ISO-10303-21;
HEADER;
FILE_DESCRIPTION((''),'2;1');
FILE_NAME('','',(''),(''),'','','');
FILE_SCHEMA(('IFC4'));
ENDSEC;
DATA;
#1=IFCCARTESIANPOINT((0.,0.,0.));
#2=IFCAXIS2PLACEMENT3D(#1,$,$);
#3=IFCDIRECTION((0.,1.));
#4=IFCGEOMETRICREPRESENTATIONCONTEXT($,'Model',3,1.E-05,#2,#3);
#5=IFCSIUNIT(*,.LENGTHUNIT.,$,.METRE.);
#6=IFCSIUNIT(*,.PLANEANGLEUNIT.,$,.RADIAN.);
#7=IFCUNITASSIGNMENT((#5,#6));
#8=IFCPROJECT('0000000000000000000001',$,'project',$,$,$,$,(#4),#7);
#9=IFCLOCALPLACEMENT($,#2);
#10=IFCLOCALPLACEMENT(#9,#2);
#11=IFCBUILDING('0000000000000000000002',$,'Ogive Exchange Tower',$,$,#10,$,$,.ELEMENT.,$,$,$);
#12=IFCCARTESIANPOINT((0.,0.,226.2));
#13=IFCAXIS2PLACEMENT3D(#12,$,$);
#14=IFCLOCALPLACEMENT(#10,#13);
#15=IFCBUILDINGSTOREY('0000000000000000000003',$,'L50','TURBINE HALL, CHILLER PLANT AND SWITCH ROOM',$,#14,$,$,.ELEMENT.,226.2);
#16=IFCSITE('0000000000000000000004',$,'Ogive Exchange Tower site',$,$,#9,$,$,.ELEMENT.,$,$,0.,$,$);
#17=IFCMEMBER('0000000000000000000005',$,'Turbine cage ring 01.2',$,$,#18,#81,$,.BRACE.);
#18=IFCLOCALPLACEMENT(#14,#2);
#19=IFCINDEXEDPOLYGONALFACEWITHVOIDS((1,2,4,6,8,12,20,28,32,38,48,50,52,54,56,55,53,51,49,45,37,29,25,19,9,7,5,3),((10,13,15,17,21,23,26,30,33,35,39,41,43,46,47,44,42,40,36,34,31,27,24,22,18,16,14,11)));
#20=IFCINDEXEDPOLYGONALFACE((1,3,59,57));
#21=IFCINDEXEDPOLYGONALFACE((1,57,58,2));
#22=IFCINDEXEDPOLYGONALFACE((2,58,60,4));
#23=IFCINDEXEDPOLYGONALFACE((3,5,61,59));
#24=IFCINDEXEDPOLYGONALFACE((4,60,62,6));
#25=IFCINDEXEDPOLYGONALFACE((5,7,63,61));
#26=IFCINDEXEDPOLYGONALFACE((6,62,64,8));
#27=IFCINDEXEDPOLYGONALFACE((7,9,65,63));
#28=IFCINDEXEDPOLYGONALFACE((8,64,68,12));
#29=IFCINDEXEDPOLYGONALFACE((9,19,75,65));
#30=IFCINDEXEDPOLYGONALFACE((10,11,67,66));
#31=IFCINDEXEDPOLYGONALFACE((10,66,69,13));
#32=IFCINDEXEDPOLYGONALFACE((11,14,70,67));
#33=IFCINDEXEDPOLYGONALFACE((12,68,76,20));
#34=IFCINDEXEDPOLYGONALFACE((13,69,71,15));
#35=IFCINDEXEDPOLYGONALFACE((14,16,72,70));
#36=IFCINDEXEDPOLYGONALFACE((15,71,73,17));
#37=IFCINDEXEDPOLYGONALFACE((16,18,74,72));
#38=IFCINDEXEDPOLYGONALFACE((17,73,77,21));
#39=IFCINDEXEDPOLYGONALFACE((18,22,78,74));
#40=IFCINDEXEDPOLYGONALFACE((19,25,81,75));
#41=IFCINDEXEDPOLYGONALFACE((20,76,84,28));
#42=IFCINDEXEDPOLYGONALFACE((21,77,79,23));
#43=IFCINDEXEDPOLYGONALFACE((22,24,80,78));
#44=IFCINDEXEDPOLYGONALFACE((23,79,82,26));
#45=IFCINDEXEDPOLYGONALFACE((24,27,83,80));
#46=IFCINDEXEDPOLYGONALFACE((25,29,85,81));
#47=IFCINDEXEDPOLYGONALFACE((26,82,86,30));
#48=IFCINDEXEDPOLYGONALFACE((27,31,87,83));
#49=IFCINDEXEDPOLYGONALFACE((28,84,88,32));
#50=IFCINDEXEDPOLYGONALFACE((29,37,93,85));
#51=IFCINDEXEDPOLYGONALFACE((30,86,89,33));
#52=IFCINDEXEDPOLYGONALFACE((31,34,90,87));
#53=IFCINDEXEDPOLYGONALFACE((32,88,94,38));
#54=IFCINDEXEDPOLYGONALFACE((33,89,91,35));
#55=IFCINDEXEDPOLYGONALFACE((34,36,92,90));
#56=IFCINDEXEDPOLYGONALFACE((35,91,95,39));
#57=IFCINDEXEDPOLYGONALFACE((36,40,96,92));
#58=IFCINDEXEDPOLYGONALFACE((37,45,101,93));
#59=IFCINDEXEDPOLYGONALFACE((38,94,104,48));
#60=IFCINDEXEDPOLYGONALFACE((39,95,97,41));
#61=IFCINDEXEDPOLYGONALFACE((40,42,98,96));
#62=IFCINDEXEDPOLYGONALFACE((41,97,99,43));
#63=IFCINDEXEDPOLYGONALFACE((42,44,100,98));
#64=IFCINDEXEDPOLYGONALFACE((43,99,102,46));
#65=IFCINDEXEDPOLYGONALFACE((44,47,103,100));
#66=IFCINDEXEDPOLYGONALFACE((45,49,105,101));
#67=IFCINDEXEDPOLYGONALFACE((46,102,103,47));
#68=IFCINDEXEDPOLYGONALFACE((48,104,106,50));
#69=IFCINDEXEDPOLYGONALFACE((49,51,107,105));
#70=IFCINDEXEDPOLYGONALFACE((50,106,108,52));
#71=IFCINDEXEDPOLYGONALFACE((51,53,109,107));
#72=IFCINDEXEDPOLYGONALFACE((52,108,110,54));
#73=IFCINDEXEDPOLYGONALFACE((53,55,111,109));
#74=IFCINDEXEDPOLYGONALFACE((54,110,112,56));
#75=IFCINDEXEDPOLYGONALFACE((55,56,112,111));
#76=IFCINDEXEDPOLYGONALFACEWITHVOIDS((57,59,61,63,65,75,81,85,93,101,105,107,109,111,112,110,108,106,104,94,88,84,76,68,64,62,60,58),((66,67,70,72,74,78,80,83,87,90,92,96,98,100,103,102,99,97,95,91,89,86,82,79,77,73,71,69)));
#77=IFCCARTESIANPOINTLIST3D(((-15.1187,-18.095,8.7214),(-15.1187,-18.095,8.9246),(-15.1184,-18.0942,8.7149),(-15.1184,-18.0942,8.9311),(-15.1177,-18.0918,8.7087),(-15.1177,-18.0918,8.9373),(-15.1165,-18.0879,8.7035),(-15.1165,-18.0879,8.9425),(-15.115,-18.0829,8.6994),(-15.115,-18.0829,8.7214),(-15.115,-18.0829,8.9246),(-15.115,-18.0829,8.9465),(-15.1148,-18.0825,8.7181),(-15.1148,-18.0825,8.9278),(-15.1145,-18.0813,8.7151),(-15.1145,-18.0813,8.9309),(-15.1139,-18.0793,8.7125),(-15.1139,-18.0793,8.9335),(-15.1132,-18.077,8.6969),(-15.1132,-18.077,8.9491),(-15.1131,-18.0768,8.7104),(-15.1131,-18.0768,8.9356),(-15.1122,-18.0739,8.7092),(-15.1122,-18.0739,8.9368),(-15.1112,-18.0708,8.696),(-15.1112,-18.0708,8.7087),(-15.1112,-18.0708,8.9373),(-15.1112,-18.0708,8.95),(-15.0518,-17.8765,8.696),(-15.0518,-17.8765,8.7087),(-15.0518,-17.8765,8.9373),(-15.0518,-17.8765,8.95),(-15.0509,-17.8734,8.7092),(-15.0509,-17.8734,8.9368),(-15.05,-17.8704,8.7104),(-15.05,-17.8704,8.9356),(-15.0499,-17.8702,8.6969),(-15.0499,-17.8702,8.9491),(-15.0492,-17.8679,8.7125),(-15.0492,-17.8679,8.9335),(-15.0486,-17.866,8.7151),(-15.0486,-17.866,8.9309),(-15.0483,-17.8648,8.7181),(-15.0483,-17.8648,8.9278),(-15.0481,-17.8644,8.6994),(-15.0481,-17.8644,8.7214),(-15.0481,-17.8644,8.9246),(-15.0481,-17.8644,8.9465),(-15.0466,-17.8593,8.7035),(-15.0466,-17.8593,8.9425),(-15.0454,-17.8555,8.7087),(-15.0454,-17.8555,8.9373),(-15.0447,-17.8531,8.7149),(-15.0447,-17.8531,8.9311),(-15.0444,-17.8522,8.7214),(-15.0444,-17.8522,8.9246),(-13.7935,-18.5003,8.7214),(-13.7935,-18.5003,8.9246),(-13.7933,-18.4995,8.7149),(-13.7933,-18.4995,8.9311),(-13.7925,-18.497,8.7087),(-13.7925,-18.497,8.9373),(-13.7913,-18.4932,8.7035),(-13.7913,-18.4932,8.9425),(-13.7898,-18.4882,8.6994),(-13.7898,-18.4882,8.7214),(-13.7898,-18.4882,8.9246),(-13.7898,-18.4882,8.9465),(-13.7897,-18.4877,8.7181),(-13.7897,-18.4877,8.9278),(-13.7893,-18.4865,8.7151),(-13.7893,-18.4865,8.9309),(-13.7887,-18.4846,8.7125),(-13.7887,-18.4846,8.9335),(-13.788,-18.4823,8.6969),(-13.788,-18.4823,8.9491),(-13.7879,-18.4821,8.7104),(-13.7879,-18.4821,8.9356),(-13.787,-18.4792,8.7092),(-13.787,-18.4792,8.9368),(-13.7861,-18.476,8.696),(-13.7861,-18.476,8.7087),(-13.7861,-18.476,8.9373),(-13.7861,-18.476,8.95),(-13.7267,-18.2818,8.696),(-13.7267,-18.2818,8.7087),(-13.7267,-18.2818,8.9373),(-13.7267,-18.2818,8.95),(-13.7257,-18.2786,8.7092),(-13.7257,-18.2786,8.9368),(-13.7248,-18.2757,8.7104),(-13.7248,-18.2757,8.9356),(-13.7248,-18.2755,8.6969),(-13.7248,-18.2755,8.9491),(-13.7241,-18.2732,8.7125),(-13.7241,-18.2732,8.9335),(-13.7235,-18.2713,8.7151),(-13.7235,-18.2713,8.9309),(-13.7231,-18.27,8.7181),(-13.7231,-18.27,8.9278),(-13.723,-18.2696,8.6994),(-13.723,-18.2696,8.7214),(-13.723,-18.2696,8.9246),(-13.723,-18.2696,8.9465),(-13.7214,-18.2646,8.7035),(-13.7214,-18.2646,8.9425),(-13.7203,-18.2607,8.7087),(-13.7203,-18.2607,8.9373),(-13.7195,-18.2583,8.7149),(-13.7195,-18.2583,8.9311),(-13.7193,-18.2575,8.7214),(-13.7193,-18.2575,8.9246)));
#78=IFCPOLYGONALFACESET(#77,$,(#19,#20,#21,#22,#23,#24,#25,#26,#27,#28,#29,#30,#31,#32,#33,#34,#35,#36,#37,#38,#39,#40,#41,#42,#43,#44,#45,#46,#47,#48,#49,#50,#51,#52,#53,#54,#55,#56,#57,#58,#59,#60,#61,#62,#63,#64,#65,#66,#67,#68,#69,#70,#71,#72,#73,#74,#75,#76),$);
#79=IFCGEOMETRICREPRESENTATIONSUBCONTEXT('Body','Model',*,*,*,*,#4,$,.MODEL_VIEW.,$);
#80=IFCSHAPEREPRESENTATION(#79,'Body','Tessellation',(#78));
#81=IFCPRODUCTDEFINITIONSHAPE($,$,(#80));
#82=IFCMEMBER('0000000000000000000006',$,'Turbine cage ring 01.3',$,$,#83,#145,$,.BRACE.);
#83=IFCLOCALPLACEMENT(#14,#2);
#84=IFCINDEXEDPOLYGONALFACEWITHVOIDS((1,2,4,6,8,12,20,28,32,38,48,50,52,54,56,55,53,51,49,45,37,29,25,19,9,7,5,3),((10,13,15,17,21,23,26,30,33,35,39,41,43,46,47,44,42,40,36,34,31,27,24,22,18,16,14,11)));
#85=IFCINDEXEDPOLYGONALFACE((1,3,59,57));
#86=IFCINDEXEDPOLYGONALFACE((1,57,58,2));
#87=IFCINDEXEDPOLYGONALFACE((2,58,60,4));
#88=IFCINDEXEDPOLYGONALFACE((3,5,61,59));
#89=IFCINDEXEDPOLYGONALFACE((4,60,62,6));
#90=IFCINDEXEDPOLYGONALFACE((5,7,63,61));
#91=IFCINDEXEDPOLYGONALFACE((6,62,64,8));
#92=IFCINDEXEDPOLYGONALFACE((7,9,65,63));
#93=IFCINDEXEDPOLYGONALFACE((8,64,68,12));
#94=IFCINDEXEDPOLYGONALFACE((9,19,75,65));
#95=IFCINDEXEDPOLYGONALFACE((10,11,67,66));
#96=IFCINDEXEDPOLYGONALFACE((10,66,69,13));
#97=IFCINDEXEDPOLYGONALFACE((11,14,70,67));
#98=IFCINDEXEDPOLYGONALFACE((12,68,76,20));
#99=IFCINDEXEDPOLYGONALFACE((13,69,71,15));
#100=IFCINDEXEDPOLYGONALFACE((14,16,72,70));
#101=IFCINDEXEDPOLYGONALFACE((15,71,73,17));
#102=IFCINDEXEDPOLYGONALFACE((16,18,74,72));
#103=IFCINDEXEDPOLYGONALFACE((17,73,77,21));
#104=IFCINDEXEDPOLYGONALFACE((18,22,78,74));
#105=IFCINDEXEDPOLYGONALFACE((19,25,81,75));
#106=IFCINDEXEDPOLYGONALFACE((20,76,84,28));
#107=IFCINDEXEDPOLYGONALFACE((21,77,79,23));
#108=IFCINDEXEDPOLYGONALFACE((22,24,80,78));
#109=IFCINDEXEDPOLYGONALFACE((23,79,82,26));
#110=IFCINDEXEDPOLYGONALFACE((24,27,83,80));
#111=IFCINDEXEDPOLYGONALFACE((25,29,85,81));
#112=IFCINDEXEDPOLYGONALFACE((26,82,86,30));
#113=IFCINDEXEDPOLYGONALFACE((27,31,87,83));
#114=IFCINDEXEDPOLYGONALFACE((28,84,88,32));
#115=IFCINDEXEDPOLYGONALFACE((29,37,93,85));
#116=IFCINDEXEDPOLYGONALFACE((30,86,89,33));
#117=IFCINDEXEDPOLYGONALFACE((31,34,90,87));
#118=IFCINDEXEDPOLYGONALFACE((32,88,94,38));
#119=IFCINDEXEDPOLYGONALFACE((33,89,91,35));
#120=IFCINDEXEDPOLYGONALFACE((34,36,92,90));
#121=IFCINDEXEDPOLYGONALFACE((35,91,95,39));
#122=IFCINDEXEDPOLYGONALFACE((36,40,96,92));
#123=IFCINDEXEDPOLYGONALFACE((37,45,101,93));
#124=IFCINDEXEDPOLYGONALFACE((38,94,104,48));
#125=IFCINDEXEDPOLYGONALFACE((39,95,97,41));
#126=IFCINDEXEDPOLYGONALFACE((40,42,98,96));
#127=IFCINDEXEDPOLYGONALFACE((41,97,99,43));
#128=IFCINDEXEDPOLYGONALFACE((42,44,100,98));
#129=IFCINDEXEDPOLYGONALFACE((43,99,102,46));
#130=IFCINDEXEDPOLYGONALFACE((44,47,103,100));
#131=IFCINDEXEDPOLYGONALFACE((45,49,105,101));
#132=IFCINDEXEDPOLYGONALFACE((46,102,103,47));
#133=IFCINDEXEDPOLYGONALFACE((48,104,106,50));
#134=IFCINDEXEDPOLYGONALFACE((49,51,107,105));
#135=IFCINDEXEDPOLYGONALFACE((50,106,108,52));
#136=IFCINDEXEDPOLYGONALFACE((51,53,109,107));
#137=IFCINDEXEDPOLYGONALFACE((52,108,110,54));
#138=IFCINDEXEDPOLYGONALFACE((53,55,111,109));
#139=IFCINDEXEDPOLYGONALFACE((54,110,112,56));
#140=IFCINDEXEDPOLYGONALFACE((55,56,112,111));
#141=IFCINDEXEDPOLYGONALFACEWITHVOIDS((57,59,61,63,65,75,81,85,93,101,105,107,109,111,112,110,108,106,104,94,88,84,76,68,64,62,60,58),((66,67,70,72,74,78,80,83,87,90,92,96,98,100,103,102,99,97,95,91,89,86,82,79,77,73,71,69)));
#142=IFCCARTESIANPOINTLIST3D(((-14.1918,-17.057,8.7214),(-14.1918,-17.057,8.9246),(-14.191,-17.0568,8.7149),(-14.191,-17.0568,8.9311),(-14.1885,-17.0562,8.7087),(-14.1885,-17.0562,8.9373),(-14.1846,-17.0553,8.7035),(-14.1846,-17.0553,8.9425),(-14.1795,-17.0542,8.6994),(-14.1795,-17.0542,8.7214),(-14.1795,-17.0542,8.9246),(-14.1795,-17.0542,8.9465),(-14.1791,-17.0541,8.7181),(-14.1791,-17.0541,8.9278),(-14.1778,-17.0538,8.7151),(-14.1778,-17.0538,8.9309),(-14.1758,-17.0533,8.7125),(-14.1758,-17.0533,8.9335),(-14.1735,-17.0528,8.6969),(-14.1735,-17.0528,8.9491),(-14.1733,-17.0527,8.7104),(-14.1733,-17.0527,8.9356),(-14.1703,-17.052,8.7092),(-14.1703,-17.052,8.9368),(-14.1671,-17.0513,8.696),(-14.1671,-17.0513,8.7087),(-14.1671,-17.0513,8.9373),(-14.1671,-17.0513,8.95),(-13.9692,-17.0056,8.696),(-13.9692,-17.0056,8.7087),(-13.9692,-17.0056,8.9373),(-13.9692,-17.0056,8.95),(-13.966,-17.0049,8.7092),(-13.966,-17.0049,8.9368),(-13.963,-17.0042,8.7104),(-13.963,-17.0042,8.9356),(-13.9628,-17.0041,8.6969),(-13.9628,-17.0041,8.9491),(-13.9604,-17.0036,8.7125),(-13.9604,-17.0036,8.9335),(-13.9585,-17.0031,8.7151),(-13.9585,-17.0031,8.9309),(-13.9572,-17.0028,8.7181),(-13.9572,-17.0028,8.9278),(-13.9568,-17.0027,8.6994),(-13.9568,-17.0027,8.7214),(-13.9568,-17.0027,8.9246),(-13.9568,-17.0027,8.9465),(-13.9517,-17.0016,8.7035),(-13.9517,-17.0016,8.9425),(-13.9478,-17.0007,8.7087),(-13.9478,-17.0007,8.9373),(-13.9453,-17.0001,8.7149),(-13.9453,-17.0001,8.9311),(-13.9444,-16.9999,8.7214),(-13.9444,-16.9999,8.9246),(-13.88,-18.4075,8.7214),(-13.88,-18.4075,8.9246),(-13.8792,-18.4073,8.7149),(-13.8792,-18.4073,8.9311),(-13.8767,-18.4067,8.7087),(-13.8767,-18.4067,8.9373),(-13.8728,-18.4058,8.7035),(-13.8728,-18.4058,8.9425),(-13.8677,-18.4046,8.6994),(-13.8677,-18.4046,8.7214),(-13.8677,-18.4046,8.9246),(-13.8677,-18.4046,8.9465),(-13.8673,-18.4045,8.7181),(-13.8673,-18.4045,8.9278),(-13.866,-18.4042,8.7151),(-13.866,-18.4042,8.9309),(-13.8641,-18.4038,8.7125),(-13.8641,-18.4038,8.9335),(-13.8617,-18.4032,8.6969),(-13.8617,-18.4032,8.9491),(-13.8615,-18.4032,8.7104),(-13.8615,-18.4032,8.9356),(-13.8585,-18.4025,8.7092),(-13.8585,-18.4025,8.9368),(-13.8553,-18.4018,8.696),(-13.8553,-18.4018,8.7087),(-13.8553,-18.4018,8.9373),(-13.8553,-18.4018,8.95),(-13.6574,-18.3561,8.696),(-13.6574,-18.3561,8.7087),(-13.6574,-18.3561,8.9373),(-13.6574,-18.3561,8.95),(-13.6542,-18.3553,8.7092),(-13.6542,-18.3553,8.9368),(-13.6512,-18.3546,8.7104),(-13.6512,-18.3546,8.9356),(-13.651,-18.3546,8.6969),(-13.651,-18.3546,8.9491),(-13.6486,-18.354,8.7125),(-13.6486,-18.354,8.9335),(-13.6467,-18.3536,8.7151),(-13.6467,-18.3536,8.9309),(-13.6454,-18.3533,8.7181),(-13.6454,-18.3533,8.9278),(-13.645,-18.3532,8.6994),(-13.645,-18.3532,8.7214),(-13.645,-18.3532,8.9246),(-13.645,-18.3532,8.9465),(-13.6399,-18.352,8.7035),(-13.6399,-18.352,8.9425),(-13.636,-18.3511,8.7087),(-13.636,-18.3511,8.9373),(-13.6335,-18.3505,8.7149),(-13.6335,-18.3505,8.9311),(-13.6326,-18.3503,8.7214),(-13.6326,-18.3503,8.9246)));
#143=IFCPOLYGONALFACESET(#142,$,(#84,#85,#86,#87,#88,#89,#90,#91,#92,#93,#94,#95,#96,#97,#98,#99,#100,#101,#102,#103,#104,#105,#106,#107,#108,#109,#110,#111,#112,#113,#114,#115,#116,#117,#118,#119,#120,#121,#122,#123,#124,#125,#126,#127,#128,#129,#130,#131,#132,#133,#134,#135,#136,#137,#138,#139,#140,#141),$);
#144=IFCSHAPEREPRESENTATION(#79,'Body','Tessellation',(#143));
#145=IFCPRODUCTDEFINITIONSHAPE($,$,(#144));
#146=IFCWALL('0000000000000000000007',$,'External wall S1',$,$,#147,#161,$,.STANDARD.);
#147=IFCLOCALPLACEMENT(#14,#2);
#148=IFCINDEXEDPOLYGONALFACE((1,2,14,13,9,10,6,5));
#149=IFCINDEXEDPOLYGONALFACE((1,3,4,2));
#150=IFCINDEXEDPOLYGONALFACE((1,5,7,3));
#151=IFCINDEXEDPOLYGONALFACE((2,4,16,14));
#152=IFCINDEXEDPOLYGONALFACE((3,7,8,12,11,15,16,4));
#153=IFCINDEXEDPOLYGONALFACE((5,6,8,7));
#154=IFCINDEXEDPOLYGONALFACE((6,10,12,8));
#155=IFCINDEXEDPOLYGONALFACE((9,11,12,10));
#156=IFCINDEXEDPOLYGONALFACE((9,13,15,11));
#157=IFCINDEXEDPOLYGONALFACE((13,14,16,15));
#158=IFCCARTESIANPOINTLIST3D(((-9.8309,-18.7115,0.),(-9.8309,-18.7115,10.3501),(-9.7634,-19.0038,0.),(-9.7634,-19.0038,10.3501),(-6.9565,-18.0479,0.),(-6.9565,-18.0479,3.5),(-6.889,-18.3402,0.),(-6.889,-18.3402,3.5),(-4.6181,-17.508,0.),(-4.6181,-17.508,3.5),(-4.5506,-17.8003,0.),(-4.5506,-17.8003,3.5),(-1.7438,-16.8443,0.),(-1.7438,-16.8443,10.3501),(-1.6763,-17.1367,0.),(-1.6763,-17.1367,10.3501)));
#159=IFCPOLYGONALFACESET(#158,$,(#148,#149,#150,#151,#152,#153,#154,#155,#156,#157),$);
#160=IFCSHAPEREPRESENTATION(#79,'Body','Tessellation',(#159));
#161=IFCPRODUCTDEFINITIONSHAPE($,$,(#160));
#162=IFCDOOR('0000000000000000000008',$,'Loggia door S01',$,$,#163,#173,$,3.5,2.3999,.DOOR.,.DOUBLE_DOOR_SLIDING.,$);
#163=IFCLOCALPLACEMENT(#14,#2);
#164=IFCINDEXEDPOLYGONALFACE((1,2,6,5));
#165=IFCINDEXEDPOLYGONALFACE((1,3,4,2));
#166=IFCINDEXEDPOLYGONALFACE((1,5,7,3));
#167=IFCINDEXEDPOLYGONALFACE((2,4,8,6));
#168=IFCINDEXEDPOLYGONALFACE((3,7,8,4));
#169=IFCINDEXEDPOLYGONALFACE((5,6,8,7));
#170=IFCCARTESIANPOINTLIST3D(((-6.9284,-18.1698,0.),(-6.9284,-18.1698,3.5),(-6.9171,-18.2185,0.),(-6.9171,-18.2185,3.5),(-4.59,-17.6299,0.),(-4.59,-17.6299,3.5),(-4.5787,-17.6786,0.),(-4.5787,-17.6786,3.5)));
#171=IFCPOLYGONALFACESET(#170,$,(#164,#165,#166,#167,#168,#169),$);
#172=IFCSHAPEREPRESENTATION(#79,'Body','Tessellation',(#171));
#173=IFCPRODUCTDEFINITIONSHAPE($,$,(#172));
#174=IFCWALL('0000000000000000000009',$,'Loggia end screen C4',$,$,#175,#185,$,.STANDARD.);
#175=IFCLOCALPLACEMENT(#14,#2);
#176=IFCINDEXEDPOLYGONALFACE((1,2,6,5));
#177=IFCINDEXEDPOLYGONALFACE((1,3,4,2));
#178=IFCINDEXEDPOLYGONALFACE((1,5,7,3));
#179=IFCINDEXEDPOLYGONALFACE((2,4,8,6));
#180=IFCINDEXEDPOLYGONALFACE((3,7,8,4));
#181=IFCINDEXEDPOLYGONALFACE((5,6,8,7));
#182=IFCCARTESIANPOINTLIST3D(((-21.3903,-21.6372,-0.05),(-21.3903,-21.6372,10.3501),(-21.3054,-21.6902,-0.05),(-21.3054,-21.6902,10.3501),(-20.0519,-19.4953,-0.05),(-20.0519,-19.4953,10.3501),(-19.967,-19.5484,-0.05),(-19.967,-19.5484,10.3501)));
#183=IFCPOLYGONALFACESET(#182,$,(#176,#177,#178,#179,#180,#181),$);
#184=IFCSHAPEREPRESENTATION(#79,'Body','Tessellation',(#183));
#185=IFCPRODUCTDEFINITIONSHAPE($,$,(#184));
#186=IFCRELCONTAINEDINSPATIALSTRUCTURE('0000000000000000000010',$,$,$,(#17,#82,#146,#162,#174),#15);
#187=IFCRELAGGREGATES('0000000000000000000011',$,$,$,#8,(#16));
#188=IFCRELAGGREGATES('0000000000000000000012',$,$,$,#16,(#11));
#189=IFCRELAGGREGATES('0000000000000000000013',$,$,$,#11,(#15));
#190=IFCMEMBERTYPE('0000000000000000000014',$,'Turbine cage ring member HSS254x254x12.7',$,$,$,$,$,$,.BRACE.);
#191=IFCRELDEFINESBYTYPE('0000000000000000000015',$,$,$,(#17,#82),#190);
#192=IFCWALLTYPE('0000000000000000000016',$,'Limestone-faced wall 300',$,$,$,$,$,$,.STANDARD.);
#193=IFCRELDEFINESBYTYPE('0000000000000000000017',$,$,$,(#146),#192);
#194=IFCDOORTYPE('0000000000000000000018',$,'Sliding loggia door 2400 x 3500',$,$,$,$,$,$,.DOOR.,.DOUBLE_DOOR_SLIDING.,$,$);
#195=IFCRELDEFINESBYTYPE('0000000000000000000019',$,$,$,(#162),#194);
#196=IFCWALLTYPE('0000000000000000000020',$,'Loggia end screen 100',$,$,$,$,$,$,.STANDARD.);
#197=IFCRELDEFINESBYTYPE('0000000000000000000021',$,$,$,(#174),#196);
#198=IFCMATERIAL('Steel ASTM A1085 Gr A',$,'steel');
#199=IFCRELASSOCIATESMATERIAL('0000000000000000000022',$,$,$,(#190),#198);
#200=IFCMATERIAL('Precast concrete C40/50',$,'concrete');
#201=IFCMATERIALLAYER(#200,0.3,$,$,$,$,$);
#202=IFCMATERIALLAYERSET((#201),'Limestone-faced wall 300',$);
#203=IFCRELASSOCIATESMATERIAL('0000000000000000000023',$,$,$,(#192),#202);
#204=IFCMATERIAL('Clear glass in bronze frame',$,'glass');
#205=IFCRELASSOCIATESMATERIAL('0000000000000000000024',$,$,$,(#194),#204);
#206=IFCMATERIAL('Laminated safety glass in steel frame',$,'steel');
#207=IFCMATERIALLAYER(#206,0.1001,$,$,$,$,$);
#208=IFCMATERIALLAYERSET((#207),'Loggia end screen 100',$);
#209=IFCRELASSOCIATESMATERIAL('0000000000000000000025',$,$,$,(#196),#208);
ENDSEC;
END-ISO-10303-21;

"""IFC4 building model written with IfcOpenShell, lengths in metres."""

from ifc_helpers import new_model, si_unit, direction, frame, frame_2d, origin, origin_2d, place, context, subcontext, project, spatial, rectangle, hollow_rectangle, extrude, material, layer, layer_set, material_profile, profile_set, type_object, element, fill, save


model = new_model("IFC4")

# Units and contexts
model_context = context("Model", 3, precision=1e-05, world=origin(), true_north=direction((0.0, 1.0)))
body_context = subcontext(model_context, "Body", "Model", "MODEL_VIEW")
ifc_project = project(units=[si_unit("LENGTHUNIT", "METRE"), si_unit("PLANEANGLEUNIT", "RADIAN")], contexts=[model_context])

# Site, building, storey
site_placement = place(None, origin())
site = spatial("IfcSite", under=ifc_project, at=site_placement, Name="Ogive Exchange Tower site", CompositionType="ELEMENT", RefElevation=0.0)
building_placement = place(site_placement, origin())
building = spatial("IfcBuilding", under=site, at=building_placement, Name="Ogive Exchange Tower", CompositionType="ELEMENT")
storey_placement = place(building_placement, frame((0.0, 0.0, 226.2)))
storey = spatial("IfcBuildingStorey", under=building, at=storey_placement, Name="L50", Description="TURBINE HALL, CHILLER PLANT AND SWITCH ROOM", CompositionType="ELEMENT", Elevation=226.2)

# Shared definitions
ifc_material_1 = material(Name="Steel ASTM A1085 Gr A", Category="steel")

# Members
ifc_material_profile_1 = material_profile(ifc_material_1, hollow_rectangle(XDim=0.2539, YDim=0.2539, WallThickness=0.0127, InnerFilletRadius=0.0127, OuterFilletRadius=0.0254, at=origin_2d()), Name="HSS254x254x12.7")
ifc_profile_set_1 = profile_set([ifc_material_profile_1], Name="Steel ASTM A1085 Gr A")
member_type_1 = type_object("IfcMemberType", Name="Turbine cage ring member HSS254x254x12.7", PredefinedType="BRACE", material=ifc_profile_set_1)
member_1_placement = place(storey_placement, frame((-15.0815, -17.9736, 8.823), z_axis=(0.95628, -0.292451, 0.0), x_axis=(0.292451, 0.95628, 0.0)))
element("IfcMember", 1, at=member_1_placement, inside=storey, type_object=member_type_1, Name="Turbine cage ring 01.2", PredefinedType="BRACE", context=body_context, shape_type="SweptSolid", body=[
    extrude(hollow_rectangle(XDim=0.2539, YDim=0.2539, WallThickness=0.0127, InnerFilletRadius=0.0127, OuterFilletRadius=0.0254, at=origin_2d()), origin(), (0.0, 0.0, 1.0), 1.3857),
])
member_2_placement = place(storey_placement, frame((-13.7563, -18.3789, 8.823), z_axis=(-0.224962, 0.974367, 0.0), x_axis=(-0.974367, -0.224962, 0.0)))
element("IfcMember", 2, at=member_2_placement, inside=storey, type_object=member_type_1, Name="Turbine cage ring 01.3", PredefinedType="BRACE", context=body_context, shape_type="SweptSolid", body=[
    extrude(hollow_rectangle(XDim=0.2539, YDim=0.2539, WallThickness=0.0127, InnerFilletRadius=0.0127, OuterFilletRadius=0.0254, at=origin_2d()), origin(), (0.0, 0.0, 1.0), 1.386),
])

# Wall, opening, door
ifc_material_2 = material(Name="Precast concrete C40/50", Category="concrete")
ifc_layer_1 = layer(ifc_material_2, 0.3)
ifc_layer_set_1 = layer_set([ifc_layer_1], Name="Limestone-faced wall 300")
wall_type_1 = type_object("IfcWallType", Name="Limestone-faced wall 300", PredefinedType="STANDARD", material=ifc_layer_set_1)
wall_1_placement = place(storey_placement, frame((-9.7971, -18.8577, 0.0), z_axis=(0.0, 0.0, 1.0), x_axis=(0.974367, 0.224965, 0.0)))
wall_1 = element("IfcWall", 3, at=wall_1_placement, inside=storey, type_object=wall_type_1, Name="External wall S1", PredefinedType="STANDARD", context=body_context, shape_type="SweptSolid", body=[
    extrude(rectangle(XDim=8.2998, YDim=0.3, at=frame_2d((4.1499, 0.0))), origin(), (0.0, 0.0, 1.0), 10.3501),
])
opening_placement = place(wall_1_placement, frame((2.95, 0.0, 0.0)))
opening = element("IfcOpeningElement", 4, at=opening_placement, cuts=wall_1, PredefinedType="OPENING", context=body_context, shape_type="SweptSolid", body=[
    extrude(rectangle(XDim=2.3999, YDim=3.5, at=frame_2d((1.2, 1.75))), frame((0.0, 0.1599, 0.0), z_axis=(0.0, -1.0, 0.0), x_axis=(1.0, 0.0, 0.0)), (0.0, 0.0, 1.0), 0.3201),
])
ifc_material_3 = material(Name="Clear glass in bronze frame", Category="glass")
door_type = type_object("IfcDoorType", Name="Sliding loggia door 2400 x 3500", OperationType="DOUBLE_DOOR_SLIDING", PredefinedType="DOOR", material=ifc_material_3)
door_placement = place(opening_placement, origin())
door = element("IfcDoor", 5, at=door_placement, inside=storey, type_object=door_type, Name="Loggia door S01", OperationType="DOUBLE_DOOR_SLIDING", OverallHeight=3.5, OverallWidth=2.3999, PredefinedType="DOOR", context=body_context, shape_type="SweptSolid", body=[
    extrude(rectangle(XDim=2.3999, YDim=3.5, at=frame_2d((1.2, 1.75))), frame((0.0, 0.0249, 0.0), z_axis=(0.0, -1.0, 0.0), x_axis=(1.0, 0.0, 0.0)), (0.0, 0.0, 1.0), 0.05),
])
fill(opening, door)

# Wall
ifc_material_4 = material(Name="Laminated safety glass in steel frame", Category="steel")
ifc_layer_2 = layer(ifc_material_4, 0.1001)
ifc_layer_set_2 = layer_set([ifc_layer_2], Name="Loggia end screen 100")
wall_type_2 = type_object("IfcWallType", Name="Loggia end screen 100", PredefinedType="STANDARD", material=ifc_layer_set_2)
wall_2_placement = place(storey_placement, frame((-20.0095, -19.522, -0.05), z_axis=(0.0, 0.0, 1.0), x_axis=(-0.529921, -0.848047, 0.0)))
element("IfcWall", 6, at=wall_2_placement, inside=storey, type_object=wall_type_2, Name="Loggia end screen C4", PredefinedType="STANDARD", context=body_context, shape_type="SweptSolid", body=[
    extrude(rectangle(XDim=2.5256, YDim=0.1001, at=frame_2d((1.2627, 0.0))), origin(), (0.0, 0.0, 1.0), 10.4001),
])

save(model, "model.ifc")
